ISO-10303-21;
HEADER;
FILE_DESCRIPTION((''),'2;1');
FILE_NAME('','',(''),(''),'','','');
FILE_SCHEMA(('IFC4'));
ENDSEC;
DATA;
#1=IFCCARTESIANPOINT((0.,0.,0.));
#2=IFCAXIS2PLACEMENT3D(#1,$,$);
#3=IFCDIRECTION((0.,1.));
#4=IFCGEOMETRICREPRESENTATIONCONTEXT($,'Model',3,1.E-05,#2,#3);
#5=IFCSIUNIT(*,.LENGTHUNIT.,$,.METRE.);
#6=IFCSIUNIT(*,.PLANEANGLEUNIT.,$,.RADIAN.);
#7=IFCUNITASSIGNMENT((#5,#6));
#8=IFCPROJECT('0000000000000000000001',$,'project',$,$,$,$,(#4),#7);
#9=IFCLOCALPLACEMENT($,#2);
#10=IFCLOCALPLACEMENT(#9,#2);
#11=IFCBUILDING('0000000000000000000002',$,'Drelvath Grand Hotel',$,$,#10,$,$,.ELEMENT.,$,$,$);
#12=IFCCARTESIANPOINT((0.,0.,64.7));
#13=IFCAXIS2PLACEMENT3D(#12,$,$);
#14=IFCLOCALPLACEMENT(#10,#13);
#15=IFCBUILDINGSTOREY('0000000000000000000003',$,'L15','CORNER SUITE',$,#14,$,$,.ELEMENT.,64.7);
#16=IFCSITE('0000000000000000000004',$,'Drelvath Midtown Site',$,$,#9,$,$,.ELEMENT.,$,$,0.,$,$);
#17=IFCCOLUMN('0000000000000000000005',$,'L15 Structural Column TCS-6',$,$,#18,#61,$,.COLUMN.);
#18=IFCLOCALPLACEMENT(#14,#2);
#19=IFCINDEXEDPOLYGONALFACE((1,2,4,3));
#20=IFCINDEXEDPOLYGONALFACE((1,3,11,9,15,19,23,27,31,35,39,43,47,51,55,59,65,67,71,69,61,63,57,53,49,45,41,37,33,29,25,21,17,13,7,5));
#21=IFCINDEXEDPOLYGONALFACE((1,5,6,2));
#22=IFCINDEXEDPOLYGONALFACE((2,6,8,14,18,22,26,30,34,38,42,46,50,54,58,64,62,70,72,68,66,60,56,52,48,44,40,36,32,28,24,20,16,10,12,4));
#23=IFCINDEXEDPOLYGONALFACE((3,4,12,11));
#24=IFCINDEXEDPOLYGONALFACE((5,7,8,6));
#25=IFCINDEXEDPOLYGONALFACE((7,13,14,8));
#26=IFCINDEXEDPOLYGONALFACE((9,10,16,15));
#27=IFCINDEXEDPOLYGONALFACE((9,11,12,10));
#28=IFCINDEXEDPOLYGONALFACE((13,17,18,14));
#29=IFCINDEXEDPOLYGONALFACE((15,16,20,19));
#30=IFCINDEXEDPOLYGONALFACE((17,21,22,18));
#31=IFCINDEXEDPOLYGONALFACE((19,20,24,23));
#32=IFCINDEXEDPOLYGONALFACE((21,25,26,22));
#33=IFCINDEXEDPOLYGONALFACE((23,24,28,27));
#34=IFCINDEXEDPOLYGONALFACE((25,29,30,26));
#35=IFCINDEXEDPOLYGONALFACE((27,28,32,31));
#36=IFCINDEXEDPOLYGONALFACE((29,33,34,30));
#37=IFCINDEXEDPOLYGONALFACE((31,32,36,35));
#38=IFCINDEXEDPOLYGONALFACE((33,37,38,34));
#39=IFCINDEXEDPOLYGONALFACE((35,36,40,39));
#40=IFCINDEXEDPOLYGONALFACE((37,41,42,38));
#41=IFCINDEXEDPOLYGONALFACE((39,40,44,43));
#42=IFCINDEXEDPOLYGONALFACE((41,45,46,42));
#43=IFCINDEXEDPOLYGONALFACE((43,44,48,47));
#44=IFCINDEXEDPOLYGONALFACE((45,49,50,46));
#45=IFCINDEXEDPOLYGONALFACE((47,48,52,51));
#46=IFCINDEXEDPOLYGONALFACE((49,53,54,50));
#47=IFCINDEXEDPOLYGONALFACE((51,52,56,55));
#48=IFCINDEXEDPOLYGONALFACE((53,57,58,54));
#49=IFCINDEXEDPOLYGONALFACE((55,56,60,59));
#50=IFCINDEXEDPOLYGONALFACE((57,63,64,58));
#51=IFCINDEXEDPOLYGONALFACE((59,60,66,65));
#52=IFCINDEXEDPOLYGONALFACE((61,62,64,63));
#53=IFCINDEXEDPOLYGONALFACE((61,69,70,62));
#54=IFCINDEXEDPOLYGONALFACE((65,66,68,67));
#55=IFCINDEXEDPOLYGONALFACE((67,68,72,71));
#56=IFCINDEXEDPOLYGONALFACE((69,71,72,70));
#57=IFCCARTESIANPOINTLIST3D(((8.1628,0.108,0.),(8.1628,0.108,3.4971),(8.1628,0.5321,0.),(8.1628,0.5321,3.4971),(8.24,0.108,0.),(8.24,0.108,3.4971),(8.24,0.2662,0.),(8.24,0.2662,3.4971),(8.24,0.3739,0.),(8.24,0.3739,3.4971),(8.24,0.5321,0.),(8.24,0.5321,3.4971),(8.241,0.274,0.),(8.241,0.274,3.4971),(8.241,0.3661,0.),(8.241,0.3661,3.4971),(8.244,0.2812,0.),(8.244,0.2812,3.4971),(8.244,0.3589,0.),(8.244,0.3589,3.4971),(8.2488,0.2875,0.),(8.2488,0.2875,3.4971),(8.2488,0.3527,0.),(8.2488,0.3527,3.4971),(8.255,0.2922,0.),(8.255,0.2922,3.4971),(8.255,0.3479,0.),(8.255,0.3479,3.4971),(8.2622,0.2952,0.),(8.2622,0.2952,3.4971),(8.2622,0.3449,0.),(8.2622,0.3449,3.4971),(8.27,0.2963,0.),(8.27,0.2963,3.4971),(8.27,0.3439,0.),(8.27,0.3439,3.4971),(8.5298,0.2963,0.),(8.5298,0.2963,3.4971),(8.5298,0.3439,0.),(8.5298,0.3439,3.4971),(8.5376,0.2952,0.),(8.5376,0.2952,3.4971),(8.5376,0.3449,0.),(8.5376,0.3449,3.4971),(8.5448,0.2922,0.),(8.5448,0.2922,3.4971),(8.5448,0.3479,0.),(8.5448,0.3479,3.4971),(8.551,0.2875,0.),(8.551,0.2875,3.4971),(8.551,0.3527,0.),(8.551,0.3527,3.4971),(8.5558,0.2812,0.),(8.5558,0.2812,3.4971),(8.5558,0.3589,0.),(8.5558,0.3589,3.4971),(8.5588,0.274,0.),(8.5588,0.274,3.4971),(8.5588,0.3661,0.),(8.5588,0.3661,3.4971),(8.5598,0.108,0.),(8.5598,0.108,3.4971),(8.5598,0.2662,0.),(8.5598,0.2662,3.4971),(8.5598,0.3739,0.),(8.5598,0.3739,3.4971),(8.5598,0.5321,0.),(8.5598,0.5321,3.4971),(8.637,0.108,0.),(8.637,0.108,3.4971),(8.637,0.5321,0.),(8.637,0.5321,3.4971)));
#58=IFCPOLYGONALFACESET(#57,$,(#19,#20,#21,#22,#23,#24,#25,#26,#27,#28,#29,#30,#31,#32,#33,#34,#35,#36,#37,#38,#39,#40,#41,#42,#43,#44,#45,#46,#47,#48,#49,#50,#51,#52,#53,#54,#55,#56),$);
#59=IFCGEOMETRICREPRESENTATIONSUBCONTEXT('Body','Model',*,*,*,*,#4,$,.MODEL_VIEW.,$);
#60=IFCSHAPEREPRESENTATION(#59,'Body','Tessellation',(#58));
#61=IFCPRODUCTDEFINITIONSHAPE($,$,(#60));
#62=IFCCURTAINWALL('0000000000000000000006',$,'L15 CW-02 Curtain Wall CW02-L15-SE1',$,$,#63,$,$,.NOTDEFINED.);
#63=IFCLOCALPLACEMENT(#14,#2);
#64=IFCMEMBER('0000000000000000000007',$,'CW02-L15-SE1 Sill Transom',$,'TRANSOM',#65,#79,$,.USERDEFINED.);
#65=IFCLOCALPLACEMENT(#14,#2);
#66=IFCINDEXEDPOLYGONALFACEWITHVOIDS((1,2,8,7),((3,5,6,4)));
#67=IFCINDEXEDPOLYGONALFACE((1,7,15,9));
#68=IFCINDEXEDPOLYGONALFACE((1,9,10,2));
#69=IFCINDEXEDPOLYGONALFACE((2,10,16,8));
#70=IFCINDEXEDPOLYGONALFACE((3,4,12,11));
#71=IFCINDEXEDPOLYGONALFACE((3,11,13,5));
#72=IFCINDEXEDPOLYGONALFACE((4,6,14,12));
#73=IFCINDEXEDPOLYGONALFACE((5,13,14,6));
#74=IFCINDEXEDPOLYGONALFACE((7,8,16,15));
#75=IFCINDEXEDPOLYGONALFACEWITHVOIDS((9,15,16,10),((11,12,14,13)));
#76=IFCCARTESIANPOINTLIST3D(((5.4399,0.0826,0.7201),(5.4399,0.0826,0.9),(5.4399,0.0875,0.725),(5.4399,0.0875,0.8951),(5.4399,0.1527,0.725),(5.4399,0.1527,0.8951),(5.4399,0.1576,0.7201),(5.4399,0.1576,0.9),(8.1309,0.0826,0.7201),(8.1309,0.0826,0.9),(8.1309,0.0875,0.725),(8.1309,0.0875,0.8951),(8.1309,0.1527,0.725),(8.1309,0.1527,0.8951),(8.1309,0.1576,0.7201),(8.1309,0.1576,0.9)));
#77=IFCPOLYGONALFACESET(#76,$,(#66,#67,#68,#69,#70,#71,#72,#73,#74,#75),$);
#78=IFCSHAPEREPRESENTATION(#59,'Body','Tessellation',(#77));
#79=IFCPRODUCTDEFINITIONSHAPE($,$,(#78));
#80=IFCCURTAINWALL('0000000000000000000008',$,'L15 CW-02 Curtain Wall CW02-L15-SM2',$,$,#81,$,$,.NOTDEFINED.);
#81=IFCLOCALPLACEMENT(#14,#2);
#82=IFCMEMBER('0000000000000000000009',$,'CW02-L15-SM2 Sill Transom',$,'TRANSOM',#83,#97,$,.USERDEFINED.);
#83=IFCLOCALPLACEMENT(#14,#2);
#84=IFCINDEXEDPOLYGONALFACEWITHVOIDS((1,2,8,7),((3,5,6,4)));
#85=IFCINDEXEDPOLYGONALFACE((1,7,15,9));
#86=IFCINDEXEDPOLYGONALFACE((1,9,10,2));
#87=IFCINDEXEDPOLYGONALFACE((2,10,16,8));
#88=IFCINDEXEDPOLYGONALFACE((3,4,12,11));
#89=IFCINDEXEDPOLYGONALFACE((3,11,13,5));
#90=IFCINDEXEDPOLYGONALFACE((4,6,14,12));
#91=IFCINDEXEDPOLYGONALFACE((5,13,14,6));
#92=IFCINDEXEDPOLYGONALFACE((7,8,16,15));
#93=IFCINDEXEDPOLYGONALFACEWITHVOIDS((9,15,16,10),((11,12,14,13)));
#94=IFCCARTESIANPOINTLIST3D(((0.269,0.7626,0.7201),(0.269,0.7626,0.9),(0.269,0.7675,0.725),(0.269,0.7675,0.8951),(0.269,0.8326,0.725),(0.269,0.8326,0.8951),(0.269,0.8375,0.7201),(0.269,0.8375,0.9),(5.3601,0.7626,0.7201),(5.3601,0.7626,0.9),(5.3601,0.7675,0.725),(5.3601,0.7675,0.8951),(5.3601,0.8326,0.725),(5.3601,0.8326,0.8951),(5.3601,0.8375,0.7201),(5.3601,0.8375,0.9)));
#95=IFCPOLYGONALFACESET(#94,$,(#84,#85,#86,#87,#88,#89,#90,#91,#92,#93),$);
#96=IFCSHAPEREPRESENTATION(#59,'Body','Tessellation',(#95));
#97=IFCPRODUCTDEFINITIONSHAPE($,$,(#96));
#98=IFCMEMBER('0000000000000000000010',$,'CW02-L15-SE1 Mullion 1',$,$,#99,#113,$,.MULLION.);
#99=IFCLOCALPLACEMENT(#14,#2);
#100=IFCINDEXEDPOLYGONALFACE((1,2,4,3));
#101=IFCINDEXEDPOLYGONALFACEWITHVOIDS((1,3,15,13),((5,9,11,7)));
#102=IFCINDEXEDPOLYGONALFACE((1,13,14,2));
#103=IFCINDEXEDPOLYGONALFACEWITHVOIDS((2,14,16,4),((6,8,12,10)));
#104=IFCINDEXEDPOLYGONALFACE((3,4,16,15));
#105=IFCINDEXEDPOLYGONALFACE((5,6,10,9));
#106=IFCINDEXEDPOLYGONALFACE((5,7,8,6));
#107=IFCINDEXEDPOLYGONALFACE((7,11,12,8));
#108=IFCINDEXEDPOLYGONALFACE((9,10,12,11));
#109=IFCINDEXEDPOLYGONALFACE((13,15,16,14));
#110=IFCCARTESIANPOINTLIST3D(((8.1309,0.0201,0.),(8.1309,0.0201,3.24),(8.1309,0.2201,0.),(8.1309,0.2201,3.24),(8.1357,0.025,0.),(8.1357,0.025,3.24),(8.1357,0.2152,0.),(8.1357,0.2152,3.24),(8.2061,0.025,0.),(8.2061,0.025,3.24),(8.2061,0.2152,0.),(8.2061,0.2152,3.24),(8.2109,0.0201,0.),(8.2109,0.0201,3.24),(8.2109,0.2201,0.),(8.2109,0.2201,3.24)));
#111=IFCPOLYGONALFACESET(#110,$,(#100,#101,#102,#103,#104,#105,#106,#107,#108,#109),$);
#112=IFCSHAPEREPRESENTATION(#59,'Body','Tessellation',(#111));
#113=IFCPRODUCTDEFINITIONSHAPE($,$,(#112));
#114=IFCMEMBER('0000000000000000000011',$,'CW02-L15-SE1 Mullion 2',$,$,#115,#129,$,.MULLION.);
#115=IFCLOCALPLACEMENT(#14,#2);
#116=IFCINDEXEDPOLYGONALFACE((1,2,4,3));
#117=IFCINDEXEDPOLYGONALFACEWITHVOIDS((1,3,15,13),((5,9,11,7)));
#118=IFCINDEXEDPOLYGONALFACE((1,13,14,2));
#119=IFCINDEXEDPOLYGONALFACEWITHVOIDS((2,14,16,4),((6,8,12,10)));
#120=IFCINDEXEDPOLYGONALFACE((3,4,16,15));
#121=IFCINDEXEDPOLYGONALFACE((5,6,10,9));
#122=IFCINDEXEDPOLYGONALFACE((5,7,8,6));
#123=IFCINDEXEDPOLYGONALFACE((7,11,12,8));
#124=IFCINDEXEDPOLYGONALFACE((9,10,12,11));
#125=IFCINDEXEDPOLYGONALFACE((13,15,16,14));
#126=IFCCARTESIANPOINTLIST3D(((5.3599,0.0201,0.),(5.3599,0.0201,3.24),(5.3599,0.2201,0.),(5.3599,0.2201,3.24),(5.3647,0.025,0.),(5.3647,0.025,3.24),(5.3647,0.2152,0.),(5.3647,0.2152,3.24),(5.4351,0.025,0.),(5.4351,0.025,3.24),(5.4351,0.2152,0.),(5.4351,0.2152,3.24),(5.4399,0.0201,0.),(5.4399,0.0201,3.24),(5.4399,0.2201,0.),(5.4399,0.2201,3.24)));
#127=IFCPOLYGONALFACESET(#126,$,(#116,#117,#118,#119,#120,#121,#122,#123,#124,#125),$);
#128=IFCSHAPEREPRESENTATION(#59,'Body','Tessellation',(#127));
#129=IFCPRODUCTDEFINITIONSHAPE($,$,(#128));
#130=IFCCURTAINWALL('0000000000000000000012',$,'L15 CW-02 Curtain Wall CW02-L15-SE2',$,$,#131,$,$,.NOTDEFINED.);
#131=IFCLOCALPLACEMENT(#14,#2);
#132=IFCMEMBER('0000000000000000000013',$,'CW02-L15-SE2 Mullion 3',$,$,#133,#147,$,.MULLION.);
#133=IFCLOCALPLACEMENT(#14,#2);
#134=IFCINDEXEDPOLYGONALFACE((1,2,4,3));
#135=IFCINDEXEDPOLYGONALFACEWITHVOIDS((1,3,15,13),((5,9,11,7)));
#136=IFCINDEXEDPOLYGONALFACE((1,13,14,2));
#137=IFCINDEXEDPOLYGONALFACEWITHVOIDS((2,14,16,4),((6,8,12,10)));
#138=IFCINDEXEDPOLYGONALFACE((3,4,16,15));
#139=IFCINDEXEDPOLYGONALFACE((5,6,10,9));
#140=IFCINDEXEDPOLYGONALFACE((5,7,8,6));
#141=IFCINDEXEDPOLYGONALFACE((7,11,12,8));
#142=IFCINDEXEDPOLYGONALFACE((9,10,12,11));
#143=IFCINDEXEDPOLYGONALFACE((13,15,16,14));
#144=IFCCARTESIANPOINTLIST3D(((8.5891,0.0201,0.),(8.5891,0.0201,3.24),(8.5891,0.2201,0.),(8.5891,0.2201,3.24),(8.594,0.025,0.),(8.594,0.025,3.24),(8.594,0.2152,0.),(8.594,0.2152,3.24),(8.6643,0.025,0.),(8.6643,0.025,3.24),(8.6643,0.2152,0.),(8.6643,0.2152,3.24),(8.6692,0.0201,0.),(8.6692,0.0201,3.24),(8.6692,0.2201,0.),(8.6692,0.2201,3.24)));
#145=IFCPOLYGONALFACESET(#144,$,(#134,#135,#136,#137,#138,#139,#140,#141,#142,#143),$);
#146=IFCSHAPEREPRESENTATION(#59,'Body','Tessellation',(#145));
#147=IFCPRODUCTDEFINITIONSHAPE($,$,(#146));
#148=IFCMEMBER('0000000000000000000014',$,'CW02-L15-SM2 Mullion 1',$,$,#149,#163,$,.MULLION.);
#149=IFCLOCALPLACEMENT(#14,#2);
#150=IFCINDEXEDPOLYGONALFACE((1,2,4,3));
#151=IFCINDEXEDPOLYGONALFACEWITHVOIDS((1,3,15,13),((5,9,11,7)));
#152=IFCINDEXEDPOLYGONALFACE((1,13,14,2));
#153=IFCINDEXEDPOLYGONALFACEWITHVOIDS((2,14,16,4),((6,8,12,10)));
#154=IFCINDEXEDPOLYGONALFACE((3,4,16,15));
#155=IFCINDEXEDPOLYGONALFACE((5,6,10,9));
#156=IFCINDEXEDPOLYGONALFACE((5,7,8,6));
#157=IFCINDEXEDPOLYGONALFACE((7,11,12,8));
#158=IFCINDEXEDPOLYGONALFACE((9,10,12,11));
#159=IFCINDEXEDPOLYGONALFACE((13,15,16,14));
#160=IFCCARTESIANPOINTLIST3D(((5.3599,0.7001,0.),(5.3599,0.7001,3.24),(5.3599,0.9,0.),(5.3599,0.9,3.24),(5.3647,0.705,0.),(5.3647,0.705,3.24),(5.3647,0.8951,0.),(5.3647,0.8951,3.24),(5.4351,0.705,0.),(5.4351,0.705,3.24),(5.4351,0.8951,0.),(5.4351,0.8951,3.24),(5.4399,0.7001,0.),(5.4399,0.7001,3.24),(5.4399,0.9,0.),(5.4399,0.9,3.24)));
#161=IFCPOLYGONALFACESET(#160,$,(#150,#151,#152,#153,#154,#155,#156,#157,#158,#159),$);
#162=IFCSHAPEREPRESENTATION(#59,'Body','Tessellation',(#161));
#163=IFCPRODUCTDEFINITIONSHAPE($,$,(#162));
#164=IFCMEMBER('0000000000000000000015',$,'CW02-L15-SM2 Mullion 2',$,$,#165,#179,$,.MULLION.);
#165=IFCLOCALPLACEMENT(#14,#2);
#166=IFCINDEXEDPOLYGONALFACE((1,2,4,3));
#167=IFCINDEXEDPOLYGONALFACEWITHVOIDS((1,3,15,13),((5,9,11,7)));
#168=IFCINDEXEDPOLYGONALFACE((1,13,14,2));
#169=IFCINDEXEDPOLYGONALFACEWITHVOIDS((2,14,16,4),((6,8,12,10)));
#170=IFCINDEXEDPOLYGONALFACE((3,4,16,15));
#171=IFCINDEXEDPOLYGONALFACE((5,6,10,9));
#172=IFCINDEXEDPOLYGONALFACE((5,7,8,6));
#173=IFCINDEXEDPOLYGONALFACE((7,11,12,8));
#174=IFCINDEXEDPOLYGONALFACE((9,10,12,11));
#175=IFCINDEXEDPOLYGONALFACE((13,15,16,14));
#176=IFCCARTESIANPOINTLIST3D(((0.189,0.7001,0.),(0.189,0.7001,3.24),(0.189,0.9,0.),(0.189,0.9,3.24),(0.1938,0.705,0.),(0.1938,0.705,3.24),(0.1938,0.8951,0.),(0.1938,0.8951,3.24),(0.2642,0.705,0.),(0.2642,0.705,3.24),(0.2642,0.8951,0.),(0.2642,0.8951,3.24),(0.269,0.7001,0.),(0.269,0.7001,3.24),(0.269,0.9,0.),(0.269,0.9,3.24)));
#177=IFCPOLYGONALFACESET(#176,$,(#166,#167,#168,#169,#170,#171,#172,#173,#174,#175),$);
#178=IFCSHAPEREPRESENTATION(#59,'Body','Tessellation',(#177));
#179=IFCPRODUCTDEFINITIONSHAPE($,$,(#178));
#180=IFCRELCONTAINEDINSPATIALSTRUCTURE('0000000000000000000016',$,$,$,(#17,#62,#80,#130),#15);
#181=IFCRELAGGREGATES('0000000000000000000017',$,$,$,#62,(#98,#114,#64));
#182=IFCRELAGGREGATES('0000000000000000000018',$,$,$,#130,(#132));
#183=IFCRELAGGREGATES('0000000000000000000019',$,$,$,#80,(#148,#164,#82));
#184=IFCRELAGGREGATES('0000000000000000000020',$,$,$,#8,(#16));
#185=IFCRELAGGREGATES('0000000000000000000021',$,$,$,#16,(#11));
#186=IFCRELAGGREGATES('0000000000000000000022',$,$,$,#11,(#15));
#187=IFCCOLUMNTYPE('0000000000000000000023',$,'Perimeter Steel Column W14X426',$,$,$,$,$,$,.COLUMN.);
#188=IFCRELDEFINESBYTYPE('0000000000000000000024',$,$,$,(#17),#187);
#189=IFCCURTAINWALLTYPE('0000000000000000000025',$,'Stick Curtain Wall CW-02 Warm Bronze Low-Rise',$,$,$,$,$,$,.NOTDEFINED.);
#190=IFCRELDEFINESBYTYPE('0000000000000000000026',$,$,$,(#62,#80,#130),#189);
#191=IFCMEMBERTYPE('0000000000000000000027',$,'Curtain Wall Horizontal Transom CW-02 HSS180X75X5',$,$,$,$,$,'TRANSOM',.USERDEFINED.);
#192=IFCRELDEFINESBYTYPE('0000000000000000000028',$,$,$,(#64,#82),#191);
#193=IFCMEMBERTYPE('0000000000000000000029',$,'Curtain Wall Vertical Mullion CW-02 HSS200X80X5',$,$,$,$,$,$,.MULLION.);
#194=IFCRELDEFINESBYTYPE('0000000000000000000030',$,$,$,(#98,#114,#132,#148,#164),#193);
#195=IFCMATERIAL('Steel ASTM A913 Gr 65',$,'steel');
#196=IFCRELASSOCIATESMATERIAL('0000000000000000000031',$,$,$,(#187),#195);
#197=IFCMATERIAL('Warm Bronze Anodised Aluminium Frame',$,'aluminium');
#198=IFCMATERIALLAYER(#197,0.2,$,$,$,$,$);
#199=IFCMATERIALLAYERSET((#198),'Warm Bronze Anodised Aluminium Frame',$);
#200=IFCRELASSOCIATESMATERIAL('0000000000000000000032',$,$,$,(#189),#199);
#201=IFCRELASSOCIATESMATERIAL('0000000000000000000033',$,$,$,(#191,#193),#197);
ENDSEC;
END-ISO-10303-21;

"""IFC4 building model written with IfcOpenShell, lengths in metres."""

from ifc_helpers import new_model, si_unit, direction, frame, origin, origin_2d, place, context, subcontext, project, spatial, hollow_rectangle, i_section, extrude, material, layer, layer_set, material_profile, profile_set, type_object, element, aggregate, save


model = new_model("IFC4")

# Units and contexts
model_context = context("Model", 3, precision=1e-05, world=origin(), true_north=direction((0.0, 1.0)))
body_context = subcontext(model_context, "Body", "Model", "MODEL_VIEW")
ifc_project = project(units=[si_unit("LENGTHUNIT", "METRE"), si_unit("PLANEANGLEUNIT", "RADIAN")], contexts=[model_context])

# Site, building, storey
site_placement = place(None, origin())
site = spatial("IfcSite", under=ifc_project, at=site_placement, Name="Drelvath Midtown Site", CompositionType="ELEMENT", RefElevation=0.0)
building_placement = place(site_placement, origin())
building = spatial("IfcBuilding", under=site, at=building_placement, Name="Drelvath Grand Hotel", CompositionType="ELEMENT")
storey_placement = place(building_placement, frame((0.0, 0.0, 64.7)))
storey = spatial("IfcBuildingStorey", under=building, at=storey_placement, Name="L15", Description="CORNER SUITE", CompositionType="ELEMENT", Elevation=64.7)

# Column
ifc_material_1 = material(Name="Steel ASTM A913 Gr 65", Category="steel")
ifc_material_profile_1 = material_profile(ifc_material_1, i_section(OverallWidth=0.4241, OverallDepth=0.4741, WebThickness=0.0476, FlangeThickness=0.0771, FilletRadius=0.03, at=origin_2d()), Name="W14X426")
ifc_profile_set_1 = profile_set([ifc_material_profile_1], Name="Steel ASTM A913 Gr 65")
column_type = type_object("IfcColumnType", Name="Perimeter Steel Column W14X426", PredefinedType="COLUMN", material=ifc_profile_set_1)
column_placement = place(storey_placement, frame((8.3999, 0.3201, 0.0), z_axis=(0.0, 0.0, 1.0), x_axis=(0.0, 1.0, 0.0)))
element("IfcColumn", 1, at=column_placement, inside=storey, type_object=column_type, Name="L15 Structural Column TCS-6", PredefinedType="COLUMN", context=body_context, shape_type="SweptSolid", body=[
    extrude(i_section(OverallWidth=0.4241, OverallDepth=0.4741, WebThickness=0.0476, FlangeThickness=0.0771, FilletRadius=0.03, at=origin_2d()), origin(), (0.0, 0.0, 1.0), 3.4971),
])

# Curtain walls, members
ifc_material_2 = material(Name="Warm Bronze Anodised Aluminium Frame", Category="aluminium")
ifc_layer_1 = layer(ifc_material_2, 0.2)
ifc_layer_set_1 = layer_set([ifc_layer_1], Name="Warm Bronze Anodised Aluminium Frame")
curtain_wall_type = type_object("IfcCurtainWallType", Name="Stick Curtain Wall CW-02 Warm Bronze Low-Rise", PredefinedType="NOTDEFINED", material=ifc_layer_set_1)
curtain_wall_1_placement = place(storey_placement, origin())
curtain_wall_1 = element("IfcCurtainWall", 2, at=curtain_wall_1_placement, inside=storey, type_object=curtain_wall_type, Name="L15 CW-02 Curtain Wall CW02-L15-SE1", PredefinedType="NOTDEFINED")
ifc_material_profile_2 = material_profile(ifc_material_2, hollow_rectangle(XDim=0.075, YDim=0.1799, WallThickness=0.0049, at=origin_2d()), Name="HSS180X75X5")
ifc_profile_set_2 = profile_set([ifc_material_profile_2], Name="Warm Bronze Anodised Aluminium Frame")
member_type_1 = type_object("IfcMemberType", Name="Curtain Wall Horizontal Transom CW-02 HSS180X75X5", ElementType="TRANSOM", PredefinedType="USERDEFINED", material=ifc_profile_set_2)
member_1_placement = place(storey_placement, frame((8.1309, 0.1201, 0.8101), z_axis=(-1.0, 0.0, 0.0), x_axis=(0.0, -1.0, 0.0)))
member_1 = element("IfcMember", 3, at=member_1_placement, type_object=member_type_1, Name="CW02-L15-SE1 Sill Transom", ObjectType="TRANSOM", PredefinedType="USERDEFINED", context=body_context, shape_type="SweptSolid", body=[
    extrude(hollow_rectangle(XDim=0.075, YDim=0.1799, WallThickness=0.0049, at=origin_2d()), origin(), (0.0, 0.0, 1.0), 2.6909),
])
curtain_wall_2_placement = place(storey_placement, origin())
curtain_wall_2 = element("IfcCurtainWall", 4, at=curtain_wall_2_placement, inside=storey, type_object=curtain_wall_type, Name="L15 CW-02 Curtain Wall CW02-L15-SM2", PredefinedType="NOTDEFINED")
member_2_placement = place(storey_placement, frame((5.3601, 0.8, 0.8101), z_axis=(-1.0, 0.0, 0.0), x_axis=(0.0, -1.0, 0.0)))
member_2 = element("IfcMember", 5, at=member_2_placement, type_object=member_type_1, Name="CW02-L15-SM2 Sill Transom", ObjectType="TRANSOM", PredefinedType="USERDEFINED", context=body_context, shape_type="SweptSolid", body=[
    extrude(hollow_rectangle(XDim=0.075, YDim=0.1799, WallThickness=0.0049, at=origin_2d()), origin(), (0.0, 0.0, 1.0), 5.0911),
])

# Members
ifc_material_profile_3 = material_profile(ifc_material_2, hollow_rectangle(XDim=0.0801, YDim=0.2, WallThickness=0.0049, at=origin_2d()), Name="HSS200X80X5")
ifc_profile_set_3 = profile_set([ifc_material_profile_3], Name="Warm Bronze Anodised Aluminium Frame")
member_type_2 = type_object("IfcMemberType", Name="Curtain Wall Vertical Mullion CW-02 HSS200X80X5", PredefinedType="MULLION", material=ifc_profile_set_3)
member_3_placement = place(storey_placement, frame((8.1709, 0.1201, 0.0), z_axis=(0.0, 0.0, 1.0), x_axis=(1.0, 0.0, 0.0)))
member_3 = element("IfcMember", 6, at=member_3_placement, type_object=member_type_2, Name="CW02-L15-SE1 Mullion 1", PredefinedType="MULLION", context=body_context, shape_type="SweptSolid", body=[
    extrude(hollow_rectangle(XDim=0.0801, YDim=0.2, WallThickness=0.0049, at=origin_2d()), origin(), (0.0, 0.0, 1.0), 3.24),
])
member_4_placement = place(storey_placement, frame((5.3999, 0.1201, 0.0), z_axis=(0.0, 0.0, 1.0), x_axis=(1.0, 0.0, 0.0)))
member_4 = element("IfcMember", 7, at=member_4_placement, type_object=member_type_2, Name="CW02-L15-SE1 Mullion 2", PredefinedType="MULLION", context=body_context, shape_type="SweptSolid", body=[
    extrude(hollow_rectangle(XDim=0.0801, YDim=0.2, WallThickness=0.0049, at=origin_2d()), origin(), (0.0, 0.0, 1.0), 3.24),
])

# Curtain wall, member
curtain_wall_3_placement = place(storey_placement, origin())
curtain_wall_3 = element("IfcCurtainWall", 8, at=curtain_wall_3_placement, inside=storey, type_object=curtain_wall_type, Name="L15 CW-02 Curtain Wall CW02-L15-SE2", PredefinedType="NOTDEFINED")
member_5_placement = place(storey_placement, frame((8.6292, 0.1201, 0.0), z_axis=(0.0, 0.0, 1.0), x_axis=(1.0, 0.0, 0.0)))
member_5 = element("IfcMember", 9, at=member_5_placement, type_object=member_type_2, Name="CW02-L15-SE2 Mullion 3", PredefinedType="MULLION", context=body_context, shape_type="SweptSolid", body=[
    extrude(hollow_rectangle(XDim=0.0801, YDim=0.2, WallThickness=0.0049, at=origin_2d()), origin(), (0.0, 0.0, 1.0), 3.24),
])

# Members
member_6_placement = place(storey_placement, frame((5.3999, 0.8, 0.0), z_axis=(0.0, 0.0, 1.0), x_axis=(1.0, 0.0, 0.0)))
member_6 = element("IfcMember", 10, at=member_6_placement, type_object=member_type_2, Name="CW02-L15-SM2 Mullion 1", PredefinedType="MULLION", context=body_context, shape_type="SweptSolid", body=[
    extrude(hollow_rectangle(XDim=0.0801, YDim=0.2, WallThickness=0.0049, at=origin_2d()), origin(), (0.0, 0.0, 1.0), 3.24),
])
member_7_placement = place(storey_placement, frame((0.229, 0.8, 0.0), z_axis=(0.0, 0.0, 1.0), x_axis=(1.0, 0.0, 0.0)))
member_7 = element("IfcMember", 11, at=member_7_placement, type_object=member_type_2, Name="CW02-L15-SM2 Mullion 2", PredefinedType="MULLION", context=body_context, shape_type="SweptSolid", body=[
    extrude(hollow_rectangle(XDim=0.0801, YDim=0.2, WallThickness=0.0049, at=origin_2d()), origin(), (0.0, 0.0, 1.0), 3.24),
])

aggregate(curtain_wall_1, [member_3, member_4, member_1])
aggregate(curtain_wall_3, [member_5])
aggregate(curtain_wall_2, [member_6, member_7, member_2])

save(model, "model.ifc")
